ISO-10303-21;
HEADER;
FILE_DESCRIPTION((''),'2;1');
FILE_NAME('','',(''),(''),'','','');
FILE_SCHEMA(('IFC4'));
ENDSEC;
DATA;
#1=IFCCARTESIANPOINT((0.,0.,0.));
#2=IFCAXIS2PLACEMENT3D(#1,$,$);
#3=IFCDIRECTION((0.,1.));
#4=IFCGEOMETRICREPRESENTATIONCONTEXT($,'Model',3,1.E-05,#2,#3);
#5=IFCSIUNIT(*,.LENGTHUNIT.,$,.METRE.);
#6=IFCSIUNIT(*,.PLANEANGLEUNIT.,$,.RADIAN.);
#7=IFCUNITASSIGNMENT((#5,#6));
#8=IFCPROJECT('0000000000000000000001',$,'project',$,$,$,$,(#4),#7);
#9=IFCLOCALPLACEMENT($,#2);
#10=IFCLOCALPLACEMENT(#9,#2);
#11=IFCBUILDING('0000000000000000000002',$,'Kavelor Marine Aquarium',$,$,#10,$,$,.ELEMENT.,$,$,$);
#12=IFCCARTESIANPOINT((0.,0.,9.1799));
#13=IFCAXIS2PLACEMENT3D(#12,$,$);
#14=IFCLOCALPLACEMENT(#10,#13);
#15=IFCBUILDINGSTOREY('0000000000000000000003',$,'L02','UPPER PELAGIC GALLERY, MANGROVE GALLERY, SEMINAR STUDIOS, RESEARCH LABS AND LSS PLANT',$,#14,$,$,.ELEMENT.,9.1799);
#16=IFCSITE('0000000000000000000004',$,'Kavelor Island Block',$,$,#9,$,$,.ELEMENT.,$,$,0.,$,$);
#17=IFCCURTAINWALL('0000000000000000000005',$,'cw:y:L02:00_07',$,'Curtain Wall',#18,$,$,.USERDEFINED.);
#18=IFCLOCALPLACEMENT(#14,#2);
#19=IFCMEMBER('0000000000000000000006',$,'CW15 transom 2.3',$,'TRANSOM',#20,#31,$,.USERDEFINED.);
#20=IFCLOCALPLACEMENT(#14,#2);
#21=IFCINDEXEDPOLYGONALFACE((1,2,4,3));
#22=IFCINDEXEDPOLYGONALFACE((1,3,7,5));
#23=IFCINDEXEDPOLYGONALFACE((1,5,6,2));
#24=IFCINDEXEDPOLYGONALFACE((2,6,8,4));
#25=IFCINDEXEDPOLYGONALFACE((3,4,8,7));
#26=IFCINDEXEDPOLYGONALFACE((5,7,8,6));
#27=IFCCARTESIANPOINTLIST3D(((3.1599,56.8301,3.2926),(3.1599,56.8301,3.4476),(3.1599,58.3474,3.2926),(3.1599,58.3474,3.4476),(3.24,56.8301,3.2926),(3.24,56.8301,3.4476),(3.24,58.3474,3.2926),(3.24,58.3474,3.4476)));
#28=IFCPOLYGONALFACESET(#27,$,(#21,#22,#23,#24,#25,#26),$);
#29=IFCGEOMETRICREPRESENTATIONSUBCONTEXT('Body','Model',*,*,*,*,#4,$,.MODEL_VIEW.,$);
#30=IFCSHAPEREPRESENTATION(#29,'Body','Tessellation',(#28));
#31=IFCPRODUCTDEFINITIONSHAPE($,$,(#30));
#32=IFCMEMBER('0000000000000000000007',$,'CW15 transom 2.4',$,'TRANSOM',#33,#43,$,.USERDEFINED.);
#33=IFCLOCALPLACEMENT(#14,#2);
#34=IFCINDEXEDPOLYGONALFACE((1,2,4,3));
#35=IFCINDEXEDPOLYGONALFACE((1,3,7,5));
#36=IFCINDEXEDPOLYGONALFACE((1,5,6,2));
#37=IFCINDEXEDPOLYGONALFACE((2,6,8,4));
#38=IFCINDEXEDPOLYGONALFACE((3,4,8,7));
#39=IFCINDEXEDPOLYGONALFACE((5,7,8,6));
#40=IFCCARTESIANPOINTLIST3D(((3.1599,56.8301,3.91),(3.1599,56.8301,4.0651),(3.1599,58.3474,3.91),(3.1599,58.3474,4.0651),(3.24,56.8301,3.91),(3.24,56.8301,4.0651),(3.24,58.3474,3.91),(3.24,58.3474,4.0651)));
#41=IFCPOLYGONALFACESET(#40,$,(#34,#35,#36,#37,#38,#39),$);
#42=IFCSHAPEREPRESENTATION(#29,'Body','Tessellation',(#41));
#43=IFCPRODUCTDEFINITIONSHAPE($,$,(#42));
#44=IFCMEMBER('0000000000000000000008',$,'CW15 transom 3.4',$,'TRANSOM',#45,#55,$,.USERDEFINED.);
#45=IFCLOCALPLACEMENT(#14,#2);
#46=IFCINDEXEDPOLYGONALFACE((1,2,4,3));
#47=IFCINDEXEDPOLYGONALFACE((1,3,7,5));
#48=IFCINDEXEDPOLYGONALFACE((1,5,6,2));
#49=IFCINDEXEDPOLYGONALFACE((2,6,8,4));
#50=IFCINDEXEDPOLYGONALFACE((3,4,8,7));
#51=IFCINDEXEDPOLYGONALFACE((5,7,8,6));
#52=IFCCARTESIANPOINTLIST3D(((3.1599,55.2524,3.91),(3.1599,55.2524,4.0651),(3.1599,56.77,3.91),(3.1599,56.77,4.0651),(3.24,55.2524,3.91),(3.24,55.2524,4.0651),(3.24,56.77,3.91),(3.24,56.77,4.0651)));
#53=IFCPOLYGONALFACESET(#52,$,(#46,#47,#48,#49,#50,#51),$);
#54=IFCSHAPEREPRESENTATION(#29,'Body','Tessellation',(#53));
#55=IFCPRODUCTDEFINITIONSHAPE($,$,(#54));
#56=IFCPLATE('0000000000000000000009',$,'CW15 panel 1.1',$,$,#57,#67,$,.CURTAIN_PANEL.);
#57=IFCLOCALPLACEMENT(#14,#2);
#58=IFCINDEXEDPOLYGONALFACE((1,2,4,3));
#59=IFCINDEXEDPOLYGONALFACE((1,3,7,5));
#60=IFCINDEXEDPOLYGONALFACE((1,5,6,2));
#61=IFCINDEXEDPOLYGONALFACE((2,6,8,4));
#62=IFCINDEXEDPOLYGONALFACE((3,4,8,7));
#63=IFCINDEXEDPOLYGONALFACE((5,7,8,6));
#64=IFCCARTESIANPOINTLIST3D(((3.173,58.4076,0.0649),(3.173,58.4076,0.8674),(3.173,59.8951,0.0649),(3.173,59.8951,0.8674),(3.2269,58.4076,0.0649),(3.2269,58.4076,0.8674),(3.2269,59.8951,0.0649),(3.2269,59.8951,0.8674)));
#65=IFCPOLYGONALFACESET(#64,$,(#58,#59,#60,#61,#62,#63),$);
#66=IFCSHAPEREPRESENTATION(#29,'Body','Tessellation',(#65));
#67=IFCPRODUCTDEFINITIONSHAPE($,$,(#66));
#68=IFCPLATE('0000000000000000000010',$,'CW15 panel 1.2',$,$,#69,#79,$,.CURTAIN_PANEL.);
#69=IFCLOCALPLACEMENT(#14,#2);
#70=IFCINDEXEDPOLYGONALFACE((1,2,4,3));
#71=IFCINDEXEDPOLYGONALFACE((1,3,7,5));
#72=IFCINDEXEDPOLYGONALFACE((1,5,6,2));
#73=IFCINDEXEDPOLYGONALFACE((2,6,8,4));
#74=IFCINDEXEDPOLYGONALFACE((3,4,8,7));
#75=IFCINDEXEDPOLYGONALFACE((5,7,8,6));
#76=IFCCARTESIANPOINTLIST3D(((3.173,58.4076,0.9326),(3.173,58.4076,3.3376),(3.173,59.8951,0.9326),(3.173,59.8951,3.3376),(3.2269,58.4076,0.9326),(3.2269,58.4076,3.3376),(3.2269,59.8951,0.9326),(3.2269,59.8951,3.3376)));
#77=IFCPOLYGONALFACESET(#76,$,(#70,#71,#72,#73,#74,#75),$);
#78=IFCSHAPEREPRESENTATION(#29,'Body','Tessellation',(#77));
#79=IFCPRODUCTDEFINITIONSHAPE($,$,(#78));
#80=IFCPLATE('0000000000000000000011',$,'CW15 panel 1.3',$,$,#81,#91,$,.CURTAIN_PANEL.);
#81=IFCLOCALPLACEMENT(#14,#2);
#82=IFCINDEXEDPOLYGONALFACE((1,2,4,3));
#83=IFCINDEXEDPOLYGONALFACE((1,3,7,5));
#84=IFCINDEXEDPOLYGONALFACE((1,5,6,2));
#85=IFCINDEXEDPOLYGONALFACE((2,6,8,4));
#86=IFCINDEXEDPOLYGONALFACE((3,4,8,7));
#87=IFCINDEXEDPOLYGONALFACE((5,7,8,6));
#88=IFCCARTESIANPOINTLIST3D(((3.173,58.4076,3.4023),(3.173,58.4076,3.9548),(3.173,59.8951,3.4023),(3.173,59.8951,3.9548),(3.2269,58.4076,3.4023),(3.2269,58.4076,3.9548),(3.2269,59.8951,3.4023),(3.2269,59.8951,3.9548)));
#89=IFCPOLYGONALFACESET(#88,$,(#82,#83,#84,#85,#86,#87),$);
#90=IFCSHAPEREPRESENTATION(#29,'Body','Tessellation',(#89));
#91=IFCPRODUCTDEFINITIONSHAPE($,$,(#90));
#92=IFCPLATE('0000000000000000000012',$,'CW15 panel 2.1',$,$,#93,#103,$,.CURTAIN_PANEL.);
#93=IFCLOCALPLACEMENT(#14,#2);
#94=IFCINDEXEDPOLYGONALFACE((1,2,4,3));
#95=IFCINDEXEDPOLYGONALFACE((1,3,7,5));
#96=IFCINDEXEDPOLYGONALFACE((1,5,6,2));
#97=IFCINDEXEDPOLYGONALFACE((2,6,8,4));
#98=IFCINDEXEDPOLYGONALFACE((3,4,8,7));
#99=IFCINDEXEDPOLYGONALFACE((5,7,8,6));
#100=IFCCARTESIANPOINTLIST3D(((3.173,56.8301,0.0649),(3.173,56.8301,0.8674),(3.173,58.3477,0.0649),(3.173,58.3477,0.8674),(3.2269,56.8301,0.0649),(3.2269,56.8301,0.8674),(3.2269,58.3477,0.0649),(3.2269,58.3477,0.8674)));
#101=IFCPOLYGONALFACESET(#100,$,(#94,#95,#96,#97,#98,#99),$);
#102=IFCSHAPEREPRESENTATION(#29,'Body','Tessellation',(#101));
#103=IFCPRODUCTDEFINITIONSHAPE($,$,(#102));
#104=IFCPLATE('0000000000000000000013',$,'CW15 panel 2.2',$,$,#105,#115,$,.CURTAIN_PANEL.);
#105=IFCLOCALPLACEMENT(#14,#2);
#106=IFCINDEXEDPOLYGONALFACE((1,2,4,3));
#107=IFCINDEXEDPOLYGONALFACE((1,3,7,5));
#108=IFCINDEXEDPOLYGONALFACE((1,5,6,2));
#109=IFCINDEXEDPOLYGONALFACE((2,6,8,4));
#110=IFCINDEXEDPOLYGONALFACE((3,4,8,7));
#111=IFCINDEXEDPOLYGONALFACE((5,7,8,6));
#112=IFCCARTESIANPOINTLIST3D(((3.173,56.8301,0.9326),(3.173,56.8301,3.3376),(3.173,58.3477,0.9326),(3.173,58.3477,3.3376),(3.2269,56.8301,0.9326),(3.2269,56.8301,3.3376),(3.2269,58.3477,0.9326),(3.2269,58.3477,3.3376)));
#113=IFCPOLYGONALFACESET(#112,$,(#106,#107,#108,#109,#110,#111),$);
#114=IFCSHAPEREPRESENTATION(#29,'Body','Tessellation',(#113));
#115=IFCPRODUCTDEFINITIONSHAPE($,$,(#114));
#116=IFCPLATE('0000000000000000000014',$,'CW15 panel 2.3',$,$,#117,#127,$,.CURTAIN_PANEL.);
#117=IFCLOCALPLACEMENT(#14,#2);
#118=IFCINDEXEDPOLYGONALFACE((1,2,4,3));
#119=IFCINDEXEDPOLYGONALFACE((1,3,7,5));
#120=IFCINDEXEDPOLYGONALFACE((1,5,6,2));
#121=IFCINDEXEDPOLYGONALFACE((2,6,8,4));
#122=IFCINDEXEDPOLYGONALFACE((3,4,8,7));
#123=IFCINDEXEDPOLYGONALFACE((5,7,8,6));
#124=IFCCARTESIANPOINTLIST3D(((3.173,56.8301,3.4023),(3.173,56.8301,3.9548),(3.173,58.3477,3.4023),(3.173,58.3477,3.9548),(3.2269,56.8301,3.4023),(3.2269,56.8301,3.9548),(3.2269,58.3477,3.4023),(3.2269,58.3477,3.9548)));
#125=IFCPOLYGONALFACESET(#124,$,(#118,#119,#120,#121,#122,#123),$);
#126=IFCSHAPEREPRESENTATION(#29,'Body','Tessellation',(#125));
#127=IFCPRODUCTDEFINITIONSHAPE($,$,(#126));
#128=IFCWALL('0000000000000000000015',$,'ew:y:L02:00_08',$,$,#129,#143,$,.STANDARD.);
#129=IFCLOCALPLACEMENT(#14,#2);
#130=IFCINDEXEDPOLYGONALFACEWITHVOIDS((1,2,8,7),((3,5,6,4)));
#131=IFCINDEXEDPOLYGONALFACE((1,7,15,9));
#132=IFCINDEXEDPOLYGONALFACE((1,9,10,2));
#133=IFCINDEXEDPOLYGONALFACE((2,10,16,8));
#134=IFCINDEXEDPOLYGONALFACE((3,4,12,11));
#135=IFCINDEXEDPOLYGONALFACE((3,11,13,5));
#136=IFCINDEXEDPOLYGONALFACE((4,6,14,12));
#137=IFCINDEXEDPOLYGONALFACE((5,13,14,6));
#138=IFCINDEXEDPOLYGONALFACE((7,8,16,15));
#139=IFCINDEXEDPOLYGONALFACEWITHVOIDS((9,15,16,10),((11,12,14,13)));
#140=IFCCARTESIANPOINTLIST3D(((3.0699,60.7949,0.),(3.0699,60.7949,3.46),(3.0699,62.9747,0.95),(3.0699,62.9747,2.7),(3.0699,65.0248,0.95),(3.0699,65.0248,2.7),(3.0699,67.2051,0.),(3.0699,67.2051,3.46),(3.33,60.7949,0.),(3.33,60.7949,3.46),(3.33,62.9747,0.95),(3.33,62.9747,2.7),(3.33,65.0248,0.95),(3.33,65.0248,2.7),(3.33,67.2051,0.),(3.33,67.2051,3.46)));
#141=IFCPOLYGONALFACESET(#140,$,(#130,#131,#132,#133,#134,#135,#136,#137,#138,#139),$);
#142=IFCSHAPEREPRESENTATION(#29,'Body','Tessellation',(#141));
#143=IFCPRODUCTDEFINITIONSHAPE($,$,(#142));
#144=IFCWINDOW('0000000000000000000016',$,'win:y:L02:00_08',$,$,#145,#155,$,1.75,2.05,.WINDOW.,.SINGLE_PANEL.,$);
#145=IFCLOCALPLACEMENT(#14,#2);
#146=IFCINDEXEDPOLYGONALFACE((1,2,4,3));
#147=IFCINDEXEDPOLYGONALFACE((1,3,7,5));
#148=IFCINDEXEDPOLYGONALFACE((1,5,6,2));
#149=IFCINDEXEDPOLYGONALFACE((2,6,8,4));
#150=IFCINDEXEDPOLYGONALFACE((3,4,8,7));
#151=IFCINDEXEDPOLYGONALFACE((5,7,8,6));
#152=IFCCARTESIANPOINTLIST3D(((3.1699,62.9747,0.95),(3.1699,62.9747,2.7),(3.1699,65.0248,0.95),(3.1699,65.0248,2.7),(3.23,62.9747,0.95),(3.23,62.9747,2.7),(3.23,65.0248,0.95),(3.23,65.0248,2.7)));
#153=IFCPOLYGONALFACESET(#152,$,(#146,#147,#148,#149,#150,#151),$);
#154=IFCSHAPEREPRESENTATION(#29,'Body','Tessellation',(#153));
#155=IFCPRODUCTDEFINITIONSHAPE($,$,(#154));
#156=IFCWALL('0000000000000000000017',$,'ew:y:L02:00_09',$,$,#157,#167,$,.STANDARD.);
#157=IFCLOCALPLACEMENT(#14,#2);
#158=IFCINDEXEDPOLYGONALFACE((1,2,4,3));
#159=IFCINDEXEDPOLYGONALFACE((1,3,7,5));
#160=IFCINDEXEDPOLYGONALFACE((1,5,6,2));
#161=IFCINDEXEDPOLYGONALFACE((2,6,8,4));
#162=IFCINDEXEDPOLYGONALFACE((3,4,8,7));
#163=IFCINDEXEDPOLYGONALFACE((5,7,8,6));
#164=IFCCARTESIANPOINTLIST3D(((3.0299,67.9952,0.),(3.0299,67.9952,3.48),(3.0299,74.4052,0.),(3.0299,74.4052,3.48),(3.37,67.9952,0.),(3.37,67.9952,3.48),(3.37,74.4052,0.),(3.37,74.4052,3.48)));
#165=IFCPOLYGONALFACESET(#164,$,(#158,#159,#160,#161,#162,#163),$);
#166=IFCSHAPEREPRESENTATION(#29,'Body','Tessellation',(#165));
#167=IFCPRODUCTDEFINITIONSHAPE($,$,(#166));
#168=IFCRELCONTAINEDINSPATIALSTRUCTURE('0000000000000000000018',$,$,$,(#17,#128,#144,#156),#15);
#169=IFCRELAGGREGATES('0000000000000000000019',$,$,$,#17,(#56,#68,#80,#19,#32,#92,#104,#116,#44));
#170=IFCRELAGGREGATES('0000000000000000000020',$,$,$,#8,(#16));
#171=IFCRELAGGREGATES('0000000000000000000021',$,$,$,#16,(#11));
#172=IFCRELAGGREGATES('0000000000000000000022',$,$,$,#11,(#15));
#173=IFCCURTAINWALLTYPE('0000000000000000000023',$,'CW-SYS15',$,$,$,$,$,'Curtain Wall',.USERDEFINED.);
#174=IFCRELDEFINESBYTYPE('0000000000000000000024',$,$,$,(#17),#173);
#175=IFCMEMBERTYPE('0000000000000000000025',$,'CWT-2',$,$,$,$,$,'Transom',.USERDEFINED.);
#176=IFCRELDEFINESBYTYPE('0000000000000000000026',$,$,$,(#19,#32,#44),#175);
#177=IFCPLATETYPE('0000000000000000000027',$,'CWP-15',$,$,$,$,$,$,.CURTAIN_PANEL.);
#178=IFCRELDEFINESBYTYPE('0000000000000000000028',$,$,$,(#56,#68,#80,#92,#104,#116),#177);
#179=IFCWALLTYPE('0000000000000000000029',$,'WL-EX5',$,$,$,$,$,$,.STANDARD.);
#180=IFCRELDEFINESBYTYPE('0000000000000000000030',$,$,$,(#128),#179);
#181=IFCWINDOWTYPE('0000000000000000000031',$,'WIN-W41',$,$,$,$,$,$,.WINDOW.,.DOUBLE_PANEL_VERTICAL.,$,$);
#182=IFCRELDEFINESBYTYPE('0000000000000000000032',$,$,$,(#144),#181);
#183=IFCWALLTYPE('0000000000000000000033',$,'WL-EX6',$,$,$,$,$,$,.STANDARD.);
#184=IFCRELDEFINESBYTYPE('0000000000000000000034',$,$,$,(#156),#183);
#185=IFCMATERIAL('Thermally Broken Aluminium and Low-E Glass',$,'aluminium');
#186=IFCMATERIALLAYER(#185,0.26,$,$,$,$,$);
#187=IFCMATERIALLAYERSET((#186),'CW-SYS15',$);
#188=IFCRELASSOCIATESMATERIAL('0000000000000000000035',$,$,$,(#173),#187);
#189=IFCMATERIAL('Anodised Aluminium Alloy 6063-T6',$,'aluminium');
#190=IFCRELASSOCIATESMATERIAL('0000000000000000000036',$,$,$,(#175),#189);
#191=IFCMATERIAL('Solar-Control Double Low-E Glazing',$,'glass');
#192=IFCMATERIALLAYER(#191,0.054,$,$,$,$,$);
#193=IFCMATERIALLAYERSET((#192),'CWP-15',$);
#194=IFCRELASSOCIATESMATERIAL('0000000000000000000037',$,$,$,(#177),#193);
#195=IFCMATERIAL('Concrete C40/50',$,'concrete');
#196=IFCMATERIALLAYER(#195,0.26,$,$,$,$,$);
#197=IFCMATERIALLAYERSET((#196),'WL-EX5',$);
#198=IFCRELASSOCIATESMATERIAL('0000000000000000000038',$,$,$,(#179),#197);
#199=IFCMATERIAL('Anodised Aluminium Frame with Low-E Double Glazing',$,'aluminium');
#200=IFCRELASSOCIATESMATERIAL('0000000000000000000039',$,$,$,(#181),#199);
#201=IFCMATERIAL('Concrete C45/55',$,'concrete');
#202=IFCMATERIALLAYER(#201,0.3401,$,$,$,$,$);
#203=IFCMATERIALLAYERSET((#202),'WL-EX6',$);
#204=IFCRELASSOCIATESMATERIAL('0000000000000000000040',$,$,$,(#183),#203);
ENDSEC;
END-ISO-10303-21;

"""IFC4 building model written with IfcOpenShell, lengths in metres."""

from ifc_helpers import new_model, si_unit, direction, frame, frame_2d, origin, origin_2d, place, context, subcontext, project, spatial, rectangle, extrude, material, layer, layer_set, material_profile, profile_set, type_object, element, fill, aggregate, save


model = new_model("IFC4")

# Units and contexts
model_context = context("Model", 3, precision=1e-05, world=origin(), true_north=direction((0.0, 1.0)))
body_context = subcontext(model_context, "Body", "Model", "MODEL_VIEW")
ifc_project = project(units=[si_unit("LENGTHUNIT", "METRE"), si_unit("PLANEANGLEUNIT", "RADIAN")], contexts=[model_context])

# Site, building, storey
site_placement = place(None, origin())
site = spatial("IfcSite", under=ifc_project, at=site_placement, Name="Kavelor Island Block", CompositionType="ELEMENT", RefElevation=0.0)
building_placement = place(site_placement, origin())
building = spatial("IfcBuilding", under=site, at=building_placement, Name="Kavelor Marine Aquarium", CompositionType="ELEMENT")
storey_placement = place(building_placement, frame((0.0, 0.0, 9.1799)))
storey = spatial("IfcBuildingStorey", under=building, at=storey_placement, Name="L02", Description="UPPER PELAGIC GALLERY, MANGROVE GALLERY, SEMINAR STUDIOS, RESEARCH LABS AND LSS PLANT", CompositionType="ELEMENT", Elevation=9.1799)

# Curtain wall, members, plates
ifc_material_1 = material(Name="Thermally Broken Aluminium and Low-E Glass", Category="aluminium")
ifc_layer_1 = layer(ifc_material_1, 0.26)
ifc_layer_set_1 = layer_set([ifc_layer_1], Name="CW-SYS15")
curtain_wall_type = type_object("IfcCurtainWallType", Name="CW-SYS15", ElementType="Curtain Wall", PredefinedType="USERDEFINED", material=ifc_layer_set_1)
curtain_wall_placement = place(storey_placement, origin())
curtain_wall = element("IfcCurtainWall", 1, at=curtain_wall_placement, inside=storey, type_object=curtain_wall_type, Name="cw:y:L02:00_07", ObjectType="Curtain Wall", PredefinedType="USERDEFINED")
ifc_material_2 = material(Name="Anodised Aluminium Alloy 6063-T6", Category="aluminium")
ifc_material_profile_1 = material_profile(ifc_material_2, rectangle(XDim=0.0801, YDim=0.155, at=origin_2d()), Name="CW-TRN 80x155")
ifc_profile_set_1 = profile_set([ifc_material_profile_1], Name="Anodised Aluminium Alloy 6063-T6")
member_type_1 = type_object("IfcMemberType", Name="CWT-2", ElementType="Transom", PredefinedType="USERDEFINED", material=ifc_profile_set_1)
member_1_placement = place(storey_placement, frame((3.2, 58.3474, 3.3701), z_axis=(0.0, -1.0, 0.0), x_axis=(1.0, 0.0, 0.0)))
member_1 = element("IfcMember", 2, at=member_1_placement, type_object=member_type_1, Name="CW15 transom 2.3", ObjectType="TRANSOM", PredefinedType="USERDEFINED", context=body_context, shape_type="SweptSolid", body=[
    extrude(rectangle(XDim=0.0801, YDim=0.155, at=origin_2d()), origin(), (0.0, 0.0, 1.0), 1.5173),
])
member_2_placement = place(storey_placement, frame((3.2, 58.3474, 3.9875), z_axis=(0.0, -1.0, 0.0), x_axis=(1.0, 0.0, 0.0)))
member_2 = element("IfcMember", 3, at=member_2_placement, type_object=member_type_1, Name="CW15 transom 2.4", ObjectType="TRANSOM", PredefinedType="USERDEFINED", context=body_context, shape_type="SweptSolid", body=[
    extrude(rectangle(XDim=0.0801, YDim=0.155, at=origin_2d()), origin(), (0.0, 0.0, 1.0), 1.5173),
])
member_3_placement = place(storey_placement, frame((3.2, 56.77, 3.9875), z_axis=(0.0, -1.0, 0.0), x_axis=(1.0, 0.0, 0.0)))
member_3 = element("IfcMember", 4, at=member_3_placement, type_object=member_type_1, Name="CW15 transom 3.4", ObjectType="TRANSOM", PredefinedType="USERDEFINED", context=body_context, shape_type="SweptSolid", body=[
    extrude(rectangle(XDim=0.0801, YDim=0.155, at=origin_2d()), origin(), (0.0, 0.0, 1.0), 1.5176),
])
ifc_material_3 = material(Name="Solar-Control Double Low-E Glazing", Category="glass")
ifc_layer_2 = layer(ifc_material_3, 0.054)
ifc_layer_set_2 = layer_set([ifc_layer_2], Name="CWP-15")
plate_type = type_object("IfcPlateType", Name="CWP-15", PredefinedType="CURTAIN_PANEL", material=ifc_layer_set_2)
plate_1_placement = place(storey_placement, frame((3.2, 59.1514, 0.0649), z_axis=(0.0, 0.0, 1.0), x_axis=(0.0, -1.0, 0.0)))
plate_1 = element("IfcPlate", 5, at=plate_1_placement, type_object=plate_type, Name="CW15 panel 1.1", PredefinedType="CURTAIN_PANEL", context=body_context, shape_type="SweptSolid", body=[
    extrude(rectangle(XDim=1.4875, YDim=0.054, at=origin_2d()), origin(), (0.0, 0.0, 1.0), 0.8025),
])
plate_2_placement = place(storey_placement, frame((3.2, 59.1514, 0.9326), z_axis=(0.0, 0.0, 1.0), x_axis=(0.0, -1.0, 0.0)))
plate_2 = element("IfcPlate", 6, at=plate_2_placement, type_object=plate_type, Name="CW15 panel 1.2", PredefinedType="CURTAIN_PANEL", context=body_context, shape_type="SweptSolid", body=[
    extrude(rectangle(XDim=1.4875, YDim=0.054, at=origin_2d()), origin(), (0.0, 0.0, 1.0), 2.405),
])
plate_3_placement = place(storey_placement, frame((3.2, 59.1514, 3.4023), z_axis=(0.0, 0.0, 1.0), x_axis=(0.0, -1.0, 0.0)))
plate_3 = element("IfcPlate", 7, at=plate_3_placement, type_object=plate_type, Name="CW15 panel 1.3", PredefinedType="CURTAIN_PANEL", context=body_context, shape_type="SweptSolid", body=[
    extrude(rectangle(XDim=1.4875, YDim=0.054, at=origin_2d()), origin(), (0.0, 0.0, 1.0), 0.5525),
])
plate_4_placement = place(storey_placement, frame((3.2, 57.5889, 0.0649), z_axis=(0.0, 0.0, 1.0), x_axis=(0.0, -1.0, 0.0)))
plate_4 = element("IfcPlate", 8, at=plate_4_placement, type_object=plate_type, Name="CW15 panel 2.1", PredefinedType="CURTAIN_PANEL", context=body_context, shape_type="SweptSolid", body=[
    extrude(rectangle(XDim=1.5176, YDim=0.054, at=origin_2d()), origin(), (0.0, 0.0, 1.0), 0.8025),
])
plate_5_placement = place(storey_placement, frame((3.2, 57.5889, 0.9326), z_axis=(0.0, 0.0, 1.0), x_axis=(0.0, -1.0, 0.0)))
plate_5 = element("IfcPlate", 9, at=plate_5_placement, type_object=plate_type, Name="CW15 panel 2.2", PredefinedType="CURTAIN_PANEL", context=body_context, shape_type="SweptSolid", body=[
    extrude(rectangle(XDim=1.5176, YDim=0.054, at=origin_2d()), origin(), (0.0, 0.0, 1.0), 2.405),
])
plate_6_placement = place(storey_placement, frame((3.2, 57.5889, 3.4023), z_axis=(0.0, 0.0, 1.0), x_axis=(0.0, -1.0, 0.0)))
plate_6 = element("IfcPlate", 10, at=plate_6_placement, type_object=plate_type, Name="CW15 panel 2.3", PredefinedType="CURTAIN_PANEL", context=body_context, shape_type="SweptSolid", body=[
    extrude(rectangle(XDim=1.5176, YDim=0.054, at=origin_2d()), origin(), (0.0, 0.0, 1.0), 0.5525),
])
aggregate(curtain_wall, [plate_1, plate_2, plate_3, member_1, member_2, plate_4, plate_5, plate_6, member_3])

# Wall, opening, window
ifc_material_4 = material(Name="Concrete C40/50", Category="concrete")
ifc_layer_3 = layer(ifc_material_4, 0.26)
ifc_layer_set_3 = layer_set([ifc_layer_3], Name="WL-EX5")
wall_type_1 = type_object("IfcWallType", Name="WL-EX5", PredefinedType="STANDARD", material=ifc_layer_set_3)
wall_1_placement = place(storey_placement, frame((3.2, 60.7949, 0.0), z_axis=(0.0, 0.0, 1.0), x_axis=(0.0, 1.0, 0.0)))
wall_1 = element("IfcWall", 11, at=wall_1_placement, inside=storey, type_object=wall_type_1, Name="ew:y:L02:00_08", PredefinedType="STANDARD", context=body_context, shape_type="SweptSolid", body=[
    extrude(rectangle(XDim=6.4102, YDim=0.26, at=frame_2d((3.2051, 0.0))), origin(), (0.0, 0.0, 1.0), 3.46),
])
opening_placement = place(wall_1_placement, frame((2.1799, 0.0, 0.95)))
opening = element("IfcOpeningElement", 12, at=opening_placement, cuts=wall_1, PredefinedType="OPENING", context=body_context, shape_type="SweptSolid", body=[
    extrude(rectangle(XDim=2.05, YDim=1.75, at=frame_2d((1.0249, 0.875))), frame((0.0, 0.1399, 0.0), z_axis=(0.0, -1.0, 0.0), x_axis=(1.0, 0.0, 0.0)), (0.0, 0.0, 1.0), 0.28),
])
ifc_material_5 = material(Name="Anodised Aluminium Frame with Low-E Double Glazing", Category="aluminium")
window_type = type_object("IfcWindowType", Name="WIN-W41", PartitioningType="DOUBLE_PANEL_VERTICAL", PredefinedType="WINDOW", material=ifc_material_5)
window_placement = place(opening_placement, origin())
window = element("IfcWindow", 13, at=window_placement, inside=storey, type_object=window_type, Name="win:y:L02:00_08", OverallHeight=1.75, OverallWidth=2.05, PartitioningType="SINGLE_PANEL", PredefinedType="WINDOW", context=body_context, shape_type="SweptSolid", body=[
    extrude(rectangle(XDim=2.05, YDim=1.75, at=frame_2d((1.0249, 0.875))), frame((0.0, 0.03, 0.0), z_axis=(0.0, -1.0, 0.0), x_axis=(1.0, 0.0, 0.0)), (0.0, 0.0, 1.0), 0.0601),
])
fill(opening, window)

# Wall
ifc_material_6 = material(Name="Concrete C45/55", Category="concrete")
ifc_layer_4 = layer(ifc_material_6, 0.3401)
ifc_layer_set_4 = layer_set([ifc_layer_4], Name="WL-EX6")
wall_type_2 = type_object("IfcWallType", Name="WL-EX6", PredefinedType="STANDARD", material=ifc_layer_set_4)
wall_2_placement = place(storey_placement, frame((3.2, 67.9951, 0.0), z_axis=(0.0, 0.0, 1.0), x_axis=(0.0, 1.0, 0.0)))
element("IfcWall", 14, at=wall_2_placement, inside=storey, type_object=wall_type_2, Name="ew:y:L02:00_09", PredefinedType="STANDARD", context=body_context, shape_type="SweptSolid", body=[
    extrude(rectangle(XDim=6.4099, YDim=0.3401, at=frame_2d((3.2051, 0.0))), origin(), (0.0, 0.0, 1.0), 3.48),
])

save(model, "model.ifc")
